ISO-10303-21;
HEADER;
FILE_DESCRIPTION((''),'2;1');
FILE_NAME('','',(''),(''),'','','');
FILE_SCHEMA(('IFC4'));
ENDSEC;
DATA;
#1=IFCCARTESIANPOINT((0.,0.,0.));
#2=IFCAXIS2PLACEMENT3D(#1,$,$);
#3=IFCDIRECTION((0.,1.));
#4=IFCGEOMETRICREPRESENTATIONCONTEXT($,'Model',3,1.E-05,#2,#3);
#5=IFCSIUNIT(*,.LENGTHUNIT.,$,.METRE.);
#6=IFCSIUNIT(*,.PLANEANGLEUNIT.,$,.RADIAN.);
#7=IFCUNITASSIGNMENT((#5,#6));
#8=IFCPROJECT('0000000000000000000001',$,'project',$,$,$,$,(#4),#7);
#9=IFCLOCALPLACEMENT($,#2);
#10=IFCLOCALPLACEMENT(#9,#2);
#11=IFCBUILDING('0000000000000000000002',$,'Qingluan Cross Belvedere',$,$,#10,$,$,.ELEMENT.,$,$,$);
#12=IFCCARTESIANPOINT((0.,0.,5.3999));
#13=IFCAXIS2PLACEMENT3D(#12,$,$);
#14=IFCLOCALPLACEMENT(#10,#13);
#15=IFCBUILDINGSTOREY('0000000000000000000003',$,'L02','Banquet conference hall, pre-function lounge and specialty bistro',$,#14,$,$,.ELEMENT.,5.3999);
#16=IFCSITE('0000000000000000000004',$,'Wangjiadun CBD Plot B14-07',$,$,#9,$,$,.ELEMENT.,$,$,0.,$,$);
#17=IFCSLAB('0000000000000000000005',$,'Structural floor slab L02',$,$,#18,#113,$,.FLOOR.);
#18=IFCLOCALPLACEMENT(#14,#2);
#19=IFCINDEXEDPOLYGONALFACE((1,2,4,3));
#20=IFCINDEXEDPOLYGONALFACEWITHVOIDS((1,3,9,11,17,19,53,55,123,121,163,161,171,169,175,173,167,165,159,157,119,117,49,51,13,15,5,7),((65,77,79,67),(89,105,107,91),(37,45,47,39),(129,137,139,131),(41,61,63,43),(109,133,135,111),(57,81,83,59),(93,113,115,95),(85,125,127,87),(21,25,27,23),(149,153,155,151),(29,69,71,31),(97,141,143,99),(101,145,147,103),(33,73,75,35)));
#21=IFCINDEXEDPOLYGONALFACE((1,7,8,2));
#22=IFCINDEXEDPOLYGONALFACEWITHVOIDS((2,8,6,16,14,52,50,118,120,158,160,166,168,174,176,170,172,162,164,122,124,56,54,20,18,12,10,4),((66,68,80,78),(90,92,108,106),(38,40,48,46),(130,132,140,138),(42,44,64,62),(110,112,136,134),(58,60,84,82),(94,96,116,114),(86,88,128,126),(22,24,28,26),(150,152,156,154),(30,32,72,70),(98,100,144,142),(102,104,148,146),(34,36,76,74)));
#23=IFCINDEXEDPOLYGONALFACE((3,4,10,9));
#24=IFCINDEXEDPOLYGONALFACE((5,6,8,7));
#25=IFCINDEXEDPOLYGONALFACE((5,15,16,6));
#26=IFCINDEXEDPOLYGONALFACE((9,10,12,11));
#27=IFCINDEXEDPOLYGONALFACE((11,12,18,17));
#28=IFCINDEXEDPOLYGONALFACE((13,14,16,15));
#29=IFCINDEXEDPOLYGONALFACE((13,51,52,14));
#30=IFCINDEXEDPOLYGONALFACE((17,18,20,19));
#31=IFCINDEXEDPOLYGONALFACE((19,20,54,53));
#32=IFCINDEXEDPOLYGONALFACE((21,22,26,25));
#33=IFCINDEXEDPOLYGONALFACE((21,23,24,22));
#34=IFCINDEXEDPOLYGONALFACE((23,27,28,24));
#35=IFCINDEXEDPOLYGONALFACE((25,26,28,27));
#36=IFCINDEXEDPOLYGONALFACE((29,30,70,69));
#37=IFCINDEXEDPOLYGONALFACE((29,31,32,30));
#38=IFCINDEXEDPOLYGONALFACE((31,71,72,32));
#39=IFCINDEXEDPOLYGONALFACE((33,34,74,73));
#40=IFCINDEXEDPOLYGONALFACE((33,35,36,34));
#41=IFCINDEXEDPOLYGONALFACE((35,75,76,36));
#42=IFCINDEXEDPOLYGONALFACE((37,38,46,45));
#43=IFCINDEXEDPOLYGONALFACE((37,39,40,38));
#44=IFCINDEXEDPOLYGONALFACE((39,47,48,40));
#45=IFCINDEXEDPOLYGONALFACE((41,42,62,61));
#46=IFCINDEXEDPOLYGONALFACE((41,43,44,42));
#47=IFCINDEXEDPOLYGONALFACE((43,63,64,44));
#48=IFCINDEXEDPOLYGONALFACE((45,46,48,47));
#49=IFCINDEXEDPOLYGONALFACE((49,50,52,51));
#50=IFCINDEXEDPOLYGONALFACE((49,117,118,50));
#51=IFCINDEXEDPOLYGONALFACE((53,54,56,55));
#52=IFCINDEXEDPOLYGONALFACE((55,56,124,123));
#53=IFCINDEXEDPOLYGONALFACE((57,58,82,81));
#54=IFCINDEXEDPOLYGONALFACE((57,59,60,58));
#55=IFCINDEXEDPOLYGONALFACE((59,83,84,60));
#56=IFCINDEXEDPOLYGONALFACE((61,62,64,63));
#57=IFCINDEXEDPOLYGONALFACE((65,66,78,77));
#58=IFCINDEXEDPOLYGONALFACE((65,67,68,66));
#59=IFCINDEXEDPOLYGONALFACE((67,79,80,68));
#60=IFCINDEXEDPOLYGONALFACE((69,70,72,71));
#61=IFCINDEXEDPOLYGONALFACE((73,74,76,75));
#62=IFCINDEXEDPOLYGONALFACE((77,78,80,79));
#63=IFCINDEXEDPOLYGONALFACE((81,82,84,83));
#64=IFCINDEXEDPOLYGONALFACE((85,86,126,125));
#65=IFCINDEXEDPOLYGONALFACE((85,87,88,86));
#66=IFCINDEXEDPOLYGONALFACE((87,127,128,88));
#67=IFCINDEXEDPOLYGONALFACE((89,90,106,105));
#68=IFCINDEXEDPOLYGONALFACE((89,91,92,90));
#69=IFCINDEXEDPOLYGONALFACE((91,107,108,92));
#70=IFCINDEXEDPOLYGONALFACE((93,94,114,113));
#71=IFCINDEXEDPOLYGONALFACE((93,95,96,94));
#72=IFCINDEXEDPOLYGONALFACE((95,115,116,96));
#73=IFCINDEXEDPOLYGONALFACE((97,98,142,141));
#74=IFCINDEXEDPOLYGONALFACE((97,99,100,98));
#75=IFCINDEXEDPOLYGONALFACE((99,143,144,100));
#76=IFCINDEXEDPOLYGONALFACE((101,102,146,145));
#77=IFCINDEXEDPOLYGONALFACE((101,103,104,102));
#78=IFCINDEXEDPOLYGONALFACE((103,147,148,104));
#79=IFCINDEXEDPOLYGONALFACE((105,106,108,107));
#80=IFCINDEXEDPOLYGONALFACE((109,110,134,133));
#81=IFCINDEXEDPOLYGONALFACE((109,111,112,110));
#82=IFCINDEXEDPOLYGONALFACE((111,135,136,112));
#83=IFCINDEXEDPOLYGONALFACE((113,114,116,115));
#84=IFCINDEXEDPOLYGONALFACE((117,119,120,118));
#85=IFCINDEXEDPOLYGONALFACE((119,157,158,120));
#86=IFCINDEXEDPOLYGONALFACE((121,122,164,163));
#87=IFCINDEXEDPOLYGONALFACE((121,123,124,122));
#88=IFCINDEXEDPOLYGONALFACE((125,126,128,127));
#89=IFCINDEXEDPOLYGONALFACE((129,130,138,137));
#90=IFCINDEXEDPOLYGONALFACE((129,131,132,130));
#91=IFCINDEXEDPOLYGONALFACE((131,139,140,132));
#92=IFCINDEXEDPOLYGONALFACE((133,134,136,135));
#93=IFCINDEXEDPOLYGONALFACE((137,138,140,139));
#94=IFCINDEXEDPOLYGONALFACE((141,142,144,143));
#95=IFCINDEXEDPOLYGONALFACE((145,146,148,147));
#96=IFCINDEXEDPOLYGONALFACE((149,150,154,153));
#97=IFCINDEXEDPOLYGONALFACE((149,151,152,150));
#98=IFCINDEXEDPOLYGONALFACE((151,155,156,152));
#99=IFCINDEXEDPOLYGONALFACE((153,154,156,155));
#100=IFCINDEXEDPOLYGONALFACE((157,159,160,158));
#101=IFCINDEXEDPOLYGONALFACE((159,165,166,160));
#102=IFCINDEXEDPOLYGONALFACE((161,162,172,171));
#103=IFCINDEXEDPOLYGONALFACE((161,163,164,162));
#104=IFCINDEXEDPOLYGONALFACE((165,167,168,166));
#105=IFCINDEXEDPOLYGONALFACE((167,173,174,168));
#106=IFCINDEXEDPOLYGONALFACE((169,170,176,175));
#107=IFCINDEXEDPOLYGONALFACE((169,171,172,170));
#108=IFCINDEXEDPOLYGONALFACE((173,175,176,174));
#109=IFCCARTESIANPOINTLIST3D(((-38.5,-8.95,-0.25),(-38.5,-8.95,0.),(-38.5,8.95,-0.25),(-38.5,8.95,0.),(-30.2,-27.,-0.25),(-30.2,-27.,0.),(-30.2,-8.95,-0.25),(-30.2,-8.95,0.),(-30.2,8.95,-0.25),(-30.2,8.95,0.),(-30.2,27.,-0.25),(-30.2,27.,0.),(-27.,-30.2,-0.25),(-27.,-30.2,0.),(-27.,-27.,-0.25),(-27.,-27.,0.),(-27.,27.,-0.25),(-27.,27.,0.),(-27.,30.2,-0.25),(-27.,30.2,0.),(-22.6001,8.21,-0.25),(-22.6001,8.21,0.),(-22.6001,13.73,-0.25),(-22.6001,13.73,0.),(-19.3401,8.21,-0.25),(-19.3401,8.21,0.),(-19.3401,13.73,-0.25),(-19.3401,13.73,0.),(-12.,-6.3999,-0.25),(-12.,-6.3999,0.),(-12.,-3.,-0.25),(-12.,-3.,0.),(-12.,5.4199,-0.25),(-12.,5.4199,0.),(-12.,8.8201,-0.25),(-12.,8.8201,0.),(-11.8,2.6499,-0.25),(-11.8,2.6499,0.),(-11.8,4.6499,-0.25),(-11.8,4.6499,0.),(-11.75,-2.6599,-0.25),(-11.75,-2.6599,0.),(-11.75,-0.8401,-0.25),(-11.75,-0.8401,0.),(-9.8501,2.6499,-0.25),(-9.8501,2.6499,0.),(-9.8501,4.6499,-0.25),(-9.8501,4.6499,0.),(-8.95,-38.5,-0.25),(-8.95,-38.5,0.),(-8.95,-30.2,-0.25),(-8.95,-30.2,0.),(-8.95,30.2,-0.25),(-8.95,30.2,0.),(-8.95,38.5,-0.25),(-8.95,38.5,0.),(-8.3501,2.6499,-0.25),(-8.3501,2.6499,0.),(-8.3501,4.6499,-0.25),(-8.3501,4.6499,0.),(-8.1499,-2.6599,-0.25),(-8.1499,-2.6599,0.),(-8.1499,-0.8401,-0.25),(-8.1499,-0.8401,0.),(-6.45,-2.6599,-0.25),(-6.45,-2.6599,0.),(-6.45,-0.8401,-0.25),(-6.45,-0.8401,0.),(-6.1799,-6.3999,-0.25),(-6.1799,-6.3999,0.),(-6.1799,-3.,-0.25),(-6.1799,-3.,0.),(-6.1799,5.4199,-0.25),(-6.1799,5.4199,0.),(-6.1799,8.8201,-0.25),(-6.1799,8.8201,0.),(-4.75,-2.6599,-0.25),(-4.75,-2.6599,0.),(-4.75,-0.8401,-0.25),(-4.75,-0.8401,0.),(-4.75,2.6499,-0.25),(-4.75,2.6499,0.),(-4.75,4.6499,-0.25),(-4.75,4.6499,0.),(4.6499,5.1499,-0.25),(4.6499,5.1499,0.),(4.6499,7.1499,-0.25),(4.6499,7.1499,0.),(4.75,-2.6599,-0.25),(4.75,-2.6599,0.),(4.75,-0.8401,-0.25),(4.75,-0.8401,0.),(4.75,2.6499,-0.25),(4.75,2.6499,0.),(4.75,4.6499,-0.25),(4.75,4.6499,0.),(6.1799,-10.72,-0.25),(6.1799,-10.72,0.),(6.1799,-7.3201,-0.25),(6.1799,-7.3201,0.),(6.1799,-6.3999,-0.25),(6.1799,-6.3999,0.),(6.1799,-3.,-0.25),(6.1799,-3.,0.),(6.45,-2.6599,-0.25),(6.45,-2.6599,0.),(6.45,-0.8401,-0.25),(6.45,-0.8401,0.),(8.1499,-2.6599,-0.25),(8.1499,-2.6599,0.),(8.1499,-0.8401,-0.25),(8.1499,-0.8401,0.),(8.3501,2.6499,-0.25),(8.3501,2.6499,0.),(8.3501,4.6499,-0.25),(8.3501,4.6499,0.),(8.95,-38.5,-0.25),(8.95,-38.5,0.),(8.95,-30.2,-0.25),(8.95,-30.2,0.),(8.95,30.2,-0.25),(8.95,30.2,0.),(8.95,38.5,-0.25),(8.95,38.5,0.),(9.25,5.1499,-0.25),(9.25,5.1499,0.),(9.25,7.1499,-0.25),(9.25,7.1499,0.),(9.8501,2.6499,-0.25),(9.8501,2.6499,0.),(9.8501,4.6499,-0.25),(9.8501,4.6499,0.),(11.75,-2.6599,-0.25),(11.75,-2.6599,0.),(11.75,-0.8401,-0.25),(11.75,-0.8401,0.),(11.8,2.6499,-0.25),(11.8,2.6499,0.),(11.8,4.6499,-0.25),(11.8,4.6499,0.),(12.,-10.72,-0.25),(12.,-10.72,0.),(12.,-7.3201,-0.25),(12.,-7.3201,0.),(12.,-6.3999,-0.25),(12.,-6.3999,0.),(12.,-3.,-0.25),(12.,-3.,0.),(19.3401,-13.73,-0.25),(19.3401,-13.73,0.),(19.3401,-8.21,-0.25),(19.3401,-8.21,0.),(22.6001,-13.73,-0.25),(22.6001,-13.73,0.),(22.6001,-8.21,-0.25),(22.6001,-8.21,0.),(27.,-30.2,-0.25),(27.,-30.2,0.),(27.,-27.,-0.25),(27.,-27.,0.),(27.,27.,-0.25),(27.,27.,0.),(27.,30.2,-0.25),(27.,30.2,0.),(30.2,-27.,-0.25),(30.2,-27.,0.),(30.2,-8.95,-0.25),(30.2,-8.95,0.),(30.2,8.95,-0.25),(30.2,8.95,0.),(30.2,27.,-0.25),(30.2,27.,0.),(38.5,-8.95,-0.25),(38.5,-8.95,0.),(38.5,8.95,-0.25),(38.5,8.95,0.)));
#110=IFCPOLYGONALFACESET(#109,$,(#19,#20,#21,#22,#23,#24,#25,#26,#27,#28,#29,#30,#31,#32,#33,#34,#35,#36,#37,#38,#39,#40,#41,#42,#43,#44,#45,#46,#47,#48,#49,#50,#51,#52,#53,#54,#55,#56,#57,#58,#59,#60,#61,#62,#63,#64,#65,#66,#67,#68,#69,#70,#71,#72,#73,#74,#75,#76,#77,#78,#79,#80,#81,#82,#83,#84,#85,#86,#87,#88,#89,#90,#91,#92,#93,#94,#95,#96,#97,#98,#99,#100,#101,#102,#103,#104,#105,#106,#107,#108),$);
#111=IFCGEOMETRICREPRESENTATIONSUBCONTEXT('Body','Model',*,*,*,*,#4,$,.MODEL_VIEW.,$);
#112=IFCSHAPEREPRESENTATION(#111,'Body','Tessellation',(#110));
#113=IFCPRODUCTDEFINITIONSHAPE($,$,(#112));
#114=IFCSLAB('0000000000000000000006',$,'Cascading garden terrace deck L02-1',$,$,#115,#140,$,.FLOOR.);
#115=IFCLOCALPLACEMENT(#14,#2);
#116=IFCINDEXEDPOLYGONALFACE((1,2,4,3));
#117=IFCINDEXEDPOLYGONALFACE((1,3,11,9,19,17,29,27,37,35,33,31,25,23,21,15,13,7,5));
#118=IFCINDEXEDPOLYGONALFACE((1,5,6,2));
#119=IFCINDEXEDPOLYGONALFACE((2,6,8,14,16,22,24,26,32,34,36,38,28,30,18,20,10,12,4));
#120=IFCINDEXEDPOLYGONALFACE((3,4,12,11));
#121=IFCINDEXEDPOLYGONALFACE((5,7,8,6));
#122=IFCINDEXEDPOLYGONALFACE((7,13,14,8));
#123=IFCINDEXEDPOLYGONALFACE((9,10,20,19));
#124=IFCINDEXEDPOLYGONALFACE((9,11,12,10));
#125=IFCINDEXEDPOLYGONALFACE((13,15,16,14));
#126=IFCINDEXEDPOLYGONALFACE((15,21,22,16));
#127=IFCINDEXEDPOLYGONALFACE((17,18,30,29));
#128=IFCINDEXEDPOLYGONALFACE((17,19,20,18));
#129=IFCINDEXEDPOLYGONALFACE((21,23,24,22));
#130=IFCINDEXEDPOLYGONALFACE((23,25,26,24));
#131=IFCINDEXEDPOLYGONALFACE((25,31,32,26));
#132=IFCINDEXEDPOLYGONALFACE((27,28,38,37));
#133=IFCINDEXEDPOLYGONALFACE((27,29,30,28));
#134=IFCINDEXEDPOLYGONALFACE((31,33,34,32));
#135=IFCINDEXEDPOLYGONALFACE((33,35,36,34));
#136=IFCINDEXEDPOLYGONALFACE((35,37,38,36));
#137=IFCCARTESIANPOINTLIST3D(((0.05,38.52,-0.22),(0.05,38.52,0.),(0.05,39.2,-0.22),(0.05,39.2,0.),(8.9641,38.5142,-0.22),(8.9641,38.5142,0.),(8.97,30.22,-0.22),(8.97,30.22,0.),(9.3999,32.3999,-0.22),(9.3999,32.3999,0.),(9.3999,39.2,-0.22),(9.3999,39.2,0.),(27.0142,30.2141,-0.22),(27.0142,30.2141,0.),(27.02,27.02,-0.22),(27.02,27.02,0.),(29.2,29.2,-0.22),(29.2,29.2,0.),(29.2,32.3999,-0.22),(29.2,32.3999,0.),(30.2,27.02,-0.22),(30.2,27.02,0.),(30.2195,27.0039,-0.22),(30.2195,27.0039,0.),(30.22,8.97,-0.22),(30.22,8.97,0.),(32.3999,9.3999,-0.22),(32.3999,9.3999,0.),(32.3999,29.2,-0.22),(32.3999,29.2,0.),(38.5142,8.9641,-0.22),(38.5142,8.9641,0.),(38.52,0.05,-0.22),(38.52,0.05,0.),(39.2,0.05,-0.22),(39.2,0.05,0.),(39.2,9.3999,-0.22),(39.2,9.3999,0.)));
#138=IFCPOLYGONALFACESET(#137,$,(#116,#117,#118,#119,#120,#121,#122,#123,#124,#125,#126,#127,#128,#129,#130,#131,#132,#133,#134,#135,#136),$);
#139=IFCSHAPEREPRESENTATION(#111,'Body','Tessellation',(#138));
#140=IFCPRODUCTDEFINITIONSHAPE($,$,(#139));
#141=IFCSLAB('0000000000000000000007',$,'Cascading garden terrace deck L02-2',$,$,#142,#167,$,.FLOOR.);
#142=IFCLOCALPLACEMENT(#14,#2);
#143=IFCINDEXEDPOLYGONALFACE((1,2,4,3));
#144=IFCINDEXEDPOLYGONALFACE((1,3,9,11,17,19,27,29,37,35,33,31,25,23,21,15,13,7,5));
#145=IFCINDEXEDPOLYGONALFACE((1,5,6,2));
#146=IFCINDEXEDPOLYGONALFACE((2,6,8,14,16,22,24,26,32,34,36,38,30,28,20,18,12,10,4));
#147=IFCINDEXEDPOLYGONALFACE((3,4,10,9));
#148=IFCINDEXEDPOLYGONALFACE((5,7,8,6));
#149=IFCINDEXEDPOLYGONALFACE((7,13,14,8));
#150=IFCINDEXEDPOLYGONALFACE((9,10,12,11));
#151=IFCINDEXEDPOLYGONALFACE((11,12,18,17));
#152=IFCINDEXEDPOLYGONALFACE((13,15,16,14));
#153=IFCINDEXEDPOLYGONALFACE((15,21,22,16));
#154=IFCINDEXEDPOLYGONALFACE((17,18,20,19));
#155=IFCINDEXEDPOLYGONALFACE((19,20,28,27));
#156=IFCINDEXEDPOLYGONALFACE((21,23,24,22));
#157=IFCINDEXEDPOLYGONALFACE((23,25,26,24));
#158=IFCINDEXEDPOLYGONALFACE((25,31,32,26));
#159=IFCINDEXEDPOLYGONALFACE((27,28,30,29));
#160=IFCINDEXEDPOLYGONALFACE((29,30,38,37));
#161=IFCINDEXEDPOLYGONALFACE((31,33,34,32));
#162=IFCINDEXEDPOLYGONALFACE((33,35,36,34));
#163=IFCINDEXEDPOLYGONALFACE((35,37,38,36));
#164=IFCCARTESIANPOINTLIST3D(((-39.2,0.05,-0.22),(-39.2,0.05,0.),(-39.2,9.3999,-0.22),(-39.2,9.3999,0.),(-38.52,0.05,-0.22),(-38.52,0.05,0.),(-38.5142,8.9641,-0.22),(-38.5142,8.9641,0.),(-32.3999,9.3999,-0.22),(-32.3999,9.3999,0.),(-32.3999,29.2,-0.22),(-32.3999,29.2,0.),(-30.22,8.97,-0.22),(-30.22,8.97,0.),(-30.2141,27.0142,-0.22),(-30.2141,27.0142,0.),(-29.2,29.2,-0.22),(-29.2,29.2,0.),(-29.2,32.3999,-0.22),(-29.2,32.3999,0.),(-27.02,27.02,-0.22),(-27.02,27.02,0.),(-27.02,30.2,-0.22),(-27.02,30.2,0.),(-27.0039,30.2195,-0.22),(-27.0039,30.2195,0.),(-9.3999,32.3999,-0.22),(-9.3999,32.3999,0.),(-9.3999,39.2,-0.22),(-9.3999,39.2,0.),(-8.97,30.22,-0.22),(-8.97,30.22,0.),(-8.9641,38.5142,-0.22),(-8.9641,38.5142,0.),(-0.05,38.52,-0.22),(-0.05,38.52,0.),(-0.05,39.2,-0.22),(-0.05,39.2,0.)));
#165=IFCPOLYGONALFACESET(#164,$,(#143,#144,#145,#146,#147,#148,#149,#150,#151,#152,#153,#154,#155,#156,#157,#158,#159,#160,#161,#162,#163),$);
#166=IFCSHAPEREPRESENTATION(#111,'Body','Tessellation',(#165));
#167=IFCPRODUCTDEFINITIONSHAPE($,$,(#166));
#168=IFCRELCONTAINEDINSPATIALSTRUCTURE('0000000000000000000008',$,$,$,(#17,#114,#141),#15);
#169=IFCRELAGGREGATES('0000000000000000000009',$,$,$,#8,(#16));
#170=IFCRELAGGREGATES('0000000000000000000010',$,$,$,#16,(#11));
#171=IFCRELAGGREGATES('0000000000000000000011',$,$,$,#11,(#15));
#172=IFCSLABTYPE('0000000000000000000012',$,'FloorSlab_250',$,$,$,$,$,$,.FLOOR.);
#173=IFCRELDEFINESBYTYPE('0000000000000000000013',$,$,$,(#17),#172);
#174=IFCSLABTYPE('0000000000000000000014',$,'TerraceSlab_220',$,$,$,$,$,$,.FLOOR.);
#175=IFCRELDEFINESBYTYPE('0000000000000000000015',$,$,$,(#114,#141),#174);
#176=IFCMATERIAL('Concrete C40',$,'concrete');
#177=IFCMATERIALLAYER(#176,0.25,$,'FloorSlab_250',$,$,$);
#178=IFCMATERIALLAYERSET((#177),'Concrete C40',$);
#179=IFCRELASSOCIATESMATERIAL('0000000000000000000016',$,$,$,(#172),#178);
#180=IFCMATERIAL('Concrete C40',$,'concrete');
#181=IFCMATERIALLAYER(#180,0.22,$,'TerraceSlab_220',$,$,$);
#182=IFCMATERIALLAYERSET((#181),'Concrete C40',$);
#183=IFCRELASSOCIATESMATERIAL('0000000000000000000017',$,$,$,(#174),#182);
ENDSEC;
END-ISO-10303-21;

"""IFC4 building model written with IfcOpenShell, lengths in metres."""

from ifc_helpers import new_model, si_unit, direction, frame, origin, place, context, subcontext, project, spatial, polyline, outline, extrude, material, layer, layer_set, type_object, element, save


model = new_model("IFC4")

# Units and contexts
model_context = context("Model", 3, precision=1e-05, world=origin(), true_north=direction((0.0, 1.0)))
body_context = subcontext(model_context, "Body", "Model", "MODEL_VIEW")
ifc_project = project(units=[si_unit("LENGTHUNIT", "METRE"), si_unit("PLANEANGLEUNIT", "RADIAN")], contexts=[model_context])

# Site, building, storey
site_placement = place(None, origin())
site = spatial("IfcSite", under=ifc_project, at=site_placement, Name="Wangjiadun CBD Plot B14-07", CompositionType="ELEMENT", RefElevation=0.0)
building_placement = place(site_placement, origin())
building = spatial("IfcBuilding", under=site, at=building_placement, Name="Qingluan Cross Belvedere", CompositionType="ELEMENT")
storey_placement = place(building_placement, frame((0.0, 0.0, 5.3999)))
storey = spatial("IfcBuildingStorey", under=building, at=storey_placement, Name="L02", Description="Banquet conference hall, pre-function lounge and specialty bistro", CompositionType="ELEMENT", Elevation=5.3999)

# Slabs
ifc_material_1 = material(Name="Concrete C40", Category="concrete")
ifc_layer_1 = layer(ifc_material_1, 0.25, Name="FloorSlab_250")
ifc_layer_set_1 = layer_set([ifc_layer_1], Name="Concrete C40")
slab_type_1 = type_object("IfcSlabType", Name="FloorSlab_250", PredefinedType="FLOOR", material=ifc_layer_set_1)
slab_1_placement = place(storey_placement, frame((0.0, 0.0, -0.25)))
element("IfcSlab", 1, at=slab_1_placement, inside=storey, type_object=slab_type_1, Name="Structural floor slab L02", PredefinedType="FLOOR", context=body_context, shape_type="SweptSolid", body=[
    extrude(outline(polyline([(27.0, -30.2), (27.0, -27.0), (30.2, -27.0), (30.2, -8.95), (38.5, -8.95), (38.5, 8.95), (30.2, 8.95), (30.2, 27.0), (27.0, 27.0), (27.0, 30.2), (8.95, 30.2), (8.95, 38.5), (-8.95, 38.5), (-8.95, 30.2), (-27.0, 30.2), (-27.0, 27.0), (-30.2, 27.0), (-30.2, 8.95), (-38.5, 8.95), (-38.5, -8.95), (-30.2, -8.95), (-30.2, -27.0), (-27.0, -27.0), (-27.0, -30.2), (-8.95, -30.2), (-8.95, -38.5), (8.95, -38.5), (8.95, -30.2), (27.0, -30.2)]), holes=[polyline([(-12.0, -3.0), (-6.1799, -3.0), (-6.1799, -6.3999), (-12.0, -6.3999), (-12.0, -3.0)]), polyline([(6.1799, -3.0), (12.0, -3.0), (12.0, -6.3999), (6.1799, -6.3999), (6.1799, -3.0)]), polyline([(-12.0, 8.8201), (-6.1799, 8.8201), (-6.1799, 5.4199), (-12.0, 5.4199), (-12.0, 8.8201)]), polyline([(6.1799, -7.3201), (12.0, -7.3201), (12.0, -10.72), (6.1799, -10.72), (6.1799, -7.3201)]), polyline([(-22.6001, 13.73), (-19.3401, 13.73), (-19.3401, 8.21), (-22.6001, 8.21), (-22.6001, 13.73)]), polyline([(19.3401, -8.21), (22.6001, -8.21), (22.6001, -13.73), (19.3401, -13.73), (19.3401, -8.21)]), polyline([(-11.8, 4.6499), (-9.8501, 4.6499), (-9.8501, 2.6499), (-11.8, 2.6499), (-11.8, 4.6499)]), polyline([(-8.3501, 4.6499), (-4.75, 4.6499), (-4.75, 2.6499), (-8.3501, 2.6499), (-8.3501, 4.6499)]), polyline([(4.75, 4.6499), (8.3501, 4.6499), (8.3501, 2.6499), (4.75, 2.6499), (4.75, 4.6499)]), polyline([(9.8501, 4.6499), (11.8, 4.6499), (11.8, 2.6499), (9.8501, 2.6499), (9.8501, 4.6499)]), polyline([(-11.75, -0.8401), (-8.1499, -0.8401), (-8.1499, -2.6599), (-11.75, -2.6599), (-11.75, -0.8401)]), polyline([(-6.45, -0.8401), (-4.75, -0.8401), (-4.75, -2.6599), (-6.45, -2.6599), (-6.45, -0.8401)]), polyline([(4.75, -0.8401), (6.45, -0.8401), (6.45, -2.6599), (4.75, -2.6599), (4.75, -0.8401)]), polyline([(8.1499, -0.8401), (11.75, -0.8401), (11.75, -2.6599), (8.1499, -2.6599), (8.1499, -0.8401)]), polyline([(4.6499, 7.1499), (9.25, 7.1499), (9.25, 5.1499), (4.6499, 5.1499), (4.6499, 7.1499)])]), origin(), (0.0, 0.0, 1.0), 0.25),
])
ifc_material_2 = material(Name="Concrete C40", Category="concrete")
ifc_layer_2 = layer(ifc_material_2, 0.22, Name="TerraceSlab_220")
ifc_layer_set_2 = layer_set([ifc_layer_2], Name="Concrete C40")
slab_type_2 = type_object("IfcSlabType", Name="TerraceSlab_220", PredefinedType="FLOOR", material=ifc_layer_set_2)
slab_2_placement = place(storey_placement, frame((0.0, 0.0, -0.22)))
element("IfcSlab", 2, at=slab_2_placement, inside=storey, type_object=slab_type_2, Name="Cascading garden terrace deck L02-1", PredefinedType="FLOOR", context=body_context, shape_type="SweptSolid", body=[
    extrude(outline(polyline([(0.05, 39.2), (0.05, 38.52), (8.9641, 38.5142), (8.97, 30.22), (27.0142, 30.2141), (27.02, 27.02), (30.2, 27.02), (30.2195, 27.0039), (30.22, 8.97), (38.5142, 8.9641), (38.52, 0.05), (39.2, 0.05), (39.2, 9.3999), (32.3999, 9.3999), (32.3999, 29.2), (29.2, 29.2), (29.2, 32.3999), (9.3999, 32.3999), (9.3999, 39.2), (0.05, 39.2)])), origin(), (0.0, 0.0, 1.0), 0.22),
])
slab_3_placement = place(storey_placement, frame((0.0, 0.0, -0.22)))
element("IfcSlab", 3, at=slab_3_placement, inside=storey, type_object=slab_type_2, Name="Cascading garden terrace deck L02-2", PredefinedType="FLOOR", context=body_context, shape_type="SweptSolid", body=[
    extrude(outline(polyline([(-39.2, 0.05), (-38.52, 0.05), (-38.5142, 8.9641), (-30.22, 8.97), (-30.2141, 27.0142), (-27.02, 27.02), (-27.02, 30.2), (-27.0039, 30.2195), (-8.97, 30.22), (-8.9641, 38.5142), (-0.05, 38.52), (-0.05, 39.2), (-9.3999, 39.2), (-9.3999, 32.3999), (-29.2, 32.3999), (-29.2, 29.2), (-32.3999, 29.2), (-32.3999, 9.3999), (-39.2, 9.3999), (-39.2, 0.05)])), origin(), (0.0, 0.0, 1.0), 0.22),
])

save(model, "model.ifc")
